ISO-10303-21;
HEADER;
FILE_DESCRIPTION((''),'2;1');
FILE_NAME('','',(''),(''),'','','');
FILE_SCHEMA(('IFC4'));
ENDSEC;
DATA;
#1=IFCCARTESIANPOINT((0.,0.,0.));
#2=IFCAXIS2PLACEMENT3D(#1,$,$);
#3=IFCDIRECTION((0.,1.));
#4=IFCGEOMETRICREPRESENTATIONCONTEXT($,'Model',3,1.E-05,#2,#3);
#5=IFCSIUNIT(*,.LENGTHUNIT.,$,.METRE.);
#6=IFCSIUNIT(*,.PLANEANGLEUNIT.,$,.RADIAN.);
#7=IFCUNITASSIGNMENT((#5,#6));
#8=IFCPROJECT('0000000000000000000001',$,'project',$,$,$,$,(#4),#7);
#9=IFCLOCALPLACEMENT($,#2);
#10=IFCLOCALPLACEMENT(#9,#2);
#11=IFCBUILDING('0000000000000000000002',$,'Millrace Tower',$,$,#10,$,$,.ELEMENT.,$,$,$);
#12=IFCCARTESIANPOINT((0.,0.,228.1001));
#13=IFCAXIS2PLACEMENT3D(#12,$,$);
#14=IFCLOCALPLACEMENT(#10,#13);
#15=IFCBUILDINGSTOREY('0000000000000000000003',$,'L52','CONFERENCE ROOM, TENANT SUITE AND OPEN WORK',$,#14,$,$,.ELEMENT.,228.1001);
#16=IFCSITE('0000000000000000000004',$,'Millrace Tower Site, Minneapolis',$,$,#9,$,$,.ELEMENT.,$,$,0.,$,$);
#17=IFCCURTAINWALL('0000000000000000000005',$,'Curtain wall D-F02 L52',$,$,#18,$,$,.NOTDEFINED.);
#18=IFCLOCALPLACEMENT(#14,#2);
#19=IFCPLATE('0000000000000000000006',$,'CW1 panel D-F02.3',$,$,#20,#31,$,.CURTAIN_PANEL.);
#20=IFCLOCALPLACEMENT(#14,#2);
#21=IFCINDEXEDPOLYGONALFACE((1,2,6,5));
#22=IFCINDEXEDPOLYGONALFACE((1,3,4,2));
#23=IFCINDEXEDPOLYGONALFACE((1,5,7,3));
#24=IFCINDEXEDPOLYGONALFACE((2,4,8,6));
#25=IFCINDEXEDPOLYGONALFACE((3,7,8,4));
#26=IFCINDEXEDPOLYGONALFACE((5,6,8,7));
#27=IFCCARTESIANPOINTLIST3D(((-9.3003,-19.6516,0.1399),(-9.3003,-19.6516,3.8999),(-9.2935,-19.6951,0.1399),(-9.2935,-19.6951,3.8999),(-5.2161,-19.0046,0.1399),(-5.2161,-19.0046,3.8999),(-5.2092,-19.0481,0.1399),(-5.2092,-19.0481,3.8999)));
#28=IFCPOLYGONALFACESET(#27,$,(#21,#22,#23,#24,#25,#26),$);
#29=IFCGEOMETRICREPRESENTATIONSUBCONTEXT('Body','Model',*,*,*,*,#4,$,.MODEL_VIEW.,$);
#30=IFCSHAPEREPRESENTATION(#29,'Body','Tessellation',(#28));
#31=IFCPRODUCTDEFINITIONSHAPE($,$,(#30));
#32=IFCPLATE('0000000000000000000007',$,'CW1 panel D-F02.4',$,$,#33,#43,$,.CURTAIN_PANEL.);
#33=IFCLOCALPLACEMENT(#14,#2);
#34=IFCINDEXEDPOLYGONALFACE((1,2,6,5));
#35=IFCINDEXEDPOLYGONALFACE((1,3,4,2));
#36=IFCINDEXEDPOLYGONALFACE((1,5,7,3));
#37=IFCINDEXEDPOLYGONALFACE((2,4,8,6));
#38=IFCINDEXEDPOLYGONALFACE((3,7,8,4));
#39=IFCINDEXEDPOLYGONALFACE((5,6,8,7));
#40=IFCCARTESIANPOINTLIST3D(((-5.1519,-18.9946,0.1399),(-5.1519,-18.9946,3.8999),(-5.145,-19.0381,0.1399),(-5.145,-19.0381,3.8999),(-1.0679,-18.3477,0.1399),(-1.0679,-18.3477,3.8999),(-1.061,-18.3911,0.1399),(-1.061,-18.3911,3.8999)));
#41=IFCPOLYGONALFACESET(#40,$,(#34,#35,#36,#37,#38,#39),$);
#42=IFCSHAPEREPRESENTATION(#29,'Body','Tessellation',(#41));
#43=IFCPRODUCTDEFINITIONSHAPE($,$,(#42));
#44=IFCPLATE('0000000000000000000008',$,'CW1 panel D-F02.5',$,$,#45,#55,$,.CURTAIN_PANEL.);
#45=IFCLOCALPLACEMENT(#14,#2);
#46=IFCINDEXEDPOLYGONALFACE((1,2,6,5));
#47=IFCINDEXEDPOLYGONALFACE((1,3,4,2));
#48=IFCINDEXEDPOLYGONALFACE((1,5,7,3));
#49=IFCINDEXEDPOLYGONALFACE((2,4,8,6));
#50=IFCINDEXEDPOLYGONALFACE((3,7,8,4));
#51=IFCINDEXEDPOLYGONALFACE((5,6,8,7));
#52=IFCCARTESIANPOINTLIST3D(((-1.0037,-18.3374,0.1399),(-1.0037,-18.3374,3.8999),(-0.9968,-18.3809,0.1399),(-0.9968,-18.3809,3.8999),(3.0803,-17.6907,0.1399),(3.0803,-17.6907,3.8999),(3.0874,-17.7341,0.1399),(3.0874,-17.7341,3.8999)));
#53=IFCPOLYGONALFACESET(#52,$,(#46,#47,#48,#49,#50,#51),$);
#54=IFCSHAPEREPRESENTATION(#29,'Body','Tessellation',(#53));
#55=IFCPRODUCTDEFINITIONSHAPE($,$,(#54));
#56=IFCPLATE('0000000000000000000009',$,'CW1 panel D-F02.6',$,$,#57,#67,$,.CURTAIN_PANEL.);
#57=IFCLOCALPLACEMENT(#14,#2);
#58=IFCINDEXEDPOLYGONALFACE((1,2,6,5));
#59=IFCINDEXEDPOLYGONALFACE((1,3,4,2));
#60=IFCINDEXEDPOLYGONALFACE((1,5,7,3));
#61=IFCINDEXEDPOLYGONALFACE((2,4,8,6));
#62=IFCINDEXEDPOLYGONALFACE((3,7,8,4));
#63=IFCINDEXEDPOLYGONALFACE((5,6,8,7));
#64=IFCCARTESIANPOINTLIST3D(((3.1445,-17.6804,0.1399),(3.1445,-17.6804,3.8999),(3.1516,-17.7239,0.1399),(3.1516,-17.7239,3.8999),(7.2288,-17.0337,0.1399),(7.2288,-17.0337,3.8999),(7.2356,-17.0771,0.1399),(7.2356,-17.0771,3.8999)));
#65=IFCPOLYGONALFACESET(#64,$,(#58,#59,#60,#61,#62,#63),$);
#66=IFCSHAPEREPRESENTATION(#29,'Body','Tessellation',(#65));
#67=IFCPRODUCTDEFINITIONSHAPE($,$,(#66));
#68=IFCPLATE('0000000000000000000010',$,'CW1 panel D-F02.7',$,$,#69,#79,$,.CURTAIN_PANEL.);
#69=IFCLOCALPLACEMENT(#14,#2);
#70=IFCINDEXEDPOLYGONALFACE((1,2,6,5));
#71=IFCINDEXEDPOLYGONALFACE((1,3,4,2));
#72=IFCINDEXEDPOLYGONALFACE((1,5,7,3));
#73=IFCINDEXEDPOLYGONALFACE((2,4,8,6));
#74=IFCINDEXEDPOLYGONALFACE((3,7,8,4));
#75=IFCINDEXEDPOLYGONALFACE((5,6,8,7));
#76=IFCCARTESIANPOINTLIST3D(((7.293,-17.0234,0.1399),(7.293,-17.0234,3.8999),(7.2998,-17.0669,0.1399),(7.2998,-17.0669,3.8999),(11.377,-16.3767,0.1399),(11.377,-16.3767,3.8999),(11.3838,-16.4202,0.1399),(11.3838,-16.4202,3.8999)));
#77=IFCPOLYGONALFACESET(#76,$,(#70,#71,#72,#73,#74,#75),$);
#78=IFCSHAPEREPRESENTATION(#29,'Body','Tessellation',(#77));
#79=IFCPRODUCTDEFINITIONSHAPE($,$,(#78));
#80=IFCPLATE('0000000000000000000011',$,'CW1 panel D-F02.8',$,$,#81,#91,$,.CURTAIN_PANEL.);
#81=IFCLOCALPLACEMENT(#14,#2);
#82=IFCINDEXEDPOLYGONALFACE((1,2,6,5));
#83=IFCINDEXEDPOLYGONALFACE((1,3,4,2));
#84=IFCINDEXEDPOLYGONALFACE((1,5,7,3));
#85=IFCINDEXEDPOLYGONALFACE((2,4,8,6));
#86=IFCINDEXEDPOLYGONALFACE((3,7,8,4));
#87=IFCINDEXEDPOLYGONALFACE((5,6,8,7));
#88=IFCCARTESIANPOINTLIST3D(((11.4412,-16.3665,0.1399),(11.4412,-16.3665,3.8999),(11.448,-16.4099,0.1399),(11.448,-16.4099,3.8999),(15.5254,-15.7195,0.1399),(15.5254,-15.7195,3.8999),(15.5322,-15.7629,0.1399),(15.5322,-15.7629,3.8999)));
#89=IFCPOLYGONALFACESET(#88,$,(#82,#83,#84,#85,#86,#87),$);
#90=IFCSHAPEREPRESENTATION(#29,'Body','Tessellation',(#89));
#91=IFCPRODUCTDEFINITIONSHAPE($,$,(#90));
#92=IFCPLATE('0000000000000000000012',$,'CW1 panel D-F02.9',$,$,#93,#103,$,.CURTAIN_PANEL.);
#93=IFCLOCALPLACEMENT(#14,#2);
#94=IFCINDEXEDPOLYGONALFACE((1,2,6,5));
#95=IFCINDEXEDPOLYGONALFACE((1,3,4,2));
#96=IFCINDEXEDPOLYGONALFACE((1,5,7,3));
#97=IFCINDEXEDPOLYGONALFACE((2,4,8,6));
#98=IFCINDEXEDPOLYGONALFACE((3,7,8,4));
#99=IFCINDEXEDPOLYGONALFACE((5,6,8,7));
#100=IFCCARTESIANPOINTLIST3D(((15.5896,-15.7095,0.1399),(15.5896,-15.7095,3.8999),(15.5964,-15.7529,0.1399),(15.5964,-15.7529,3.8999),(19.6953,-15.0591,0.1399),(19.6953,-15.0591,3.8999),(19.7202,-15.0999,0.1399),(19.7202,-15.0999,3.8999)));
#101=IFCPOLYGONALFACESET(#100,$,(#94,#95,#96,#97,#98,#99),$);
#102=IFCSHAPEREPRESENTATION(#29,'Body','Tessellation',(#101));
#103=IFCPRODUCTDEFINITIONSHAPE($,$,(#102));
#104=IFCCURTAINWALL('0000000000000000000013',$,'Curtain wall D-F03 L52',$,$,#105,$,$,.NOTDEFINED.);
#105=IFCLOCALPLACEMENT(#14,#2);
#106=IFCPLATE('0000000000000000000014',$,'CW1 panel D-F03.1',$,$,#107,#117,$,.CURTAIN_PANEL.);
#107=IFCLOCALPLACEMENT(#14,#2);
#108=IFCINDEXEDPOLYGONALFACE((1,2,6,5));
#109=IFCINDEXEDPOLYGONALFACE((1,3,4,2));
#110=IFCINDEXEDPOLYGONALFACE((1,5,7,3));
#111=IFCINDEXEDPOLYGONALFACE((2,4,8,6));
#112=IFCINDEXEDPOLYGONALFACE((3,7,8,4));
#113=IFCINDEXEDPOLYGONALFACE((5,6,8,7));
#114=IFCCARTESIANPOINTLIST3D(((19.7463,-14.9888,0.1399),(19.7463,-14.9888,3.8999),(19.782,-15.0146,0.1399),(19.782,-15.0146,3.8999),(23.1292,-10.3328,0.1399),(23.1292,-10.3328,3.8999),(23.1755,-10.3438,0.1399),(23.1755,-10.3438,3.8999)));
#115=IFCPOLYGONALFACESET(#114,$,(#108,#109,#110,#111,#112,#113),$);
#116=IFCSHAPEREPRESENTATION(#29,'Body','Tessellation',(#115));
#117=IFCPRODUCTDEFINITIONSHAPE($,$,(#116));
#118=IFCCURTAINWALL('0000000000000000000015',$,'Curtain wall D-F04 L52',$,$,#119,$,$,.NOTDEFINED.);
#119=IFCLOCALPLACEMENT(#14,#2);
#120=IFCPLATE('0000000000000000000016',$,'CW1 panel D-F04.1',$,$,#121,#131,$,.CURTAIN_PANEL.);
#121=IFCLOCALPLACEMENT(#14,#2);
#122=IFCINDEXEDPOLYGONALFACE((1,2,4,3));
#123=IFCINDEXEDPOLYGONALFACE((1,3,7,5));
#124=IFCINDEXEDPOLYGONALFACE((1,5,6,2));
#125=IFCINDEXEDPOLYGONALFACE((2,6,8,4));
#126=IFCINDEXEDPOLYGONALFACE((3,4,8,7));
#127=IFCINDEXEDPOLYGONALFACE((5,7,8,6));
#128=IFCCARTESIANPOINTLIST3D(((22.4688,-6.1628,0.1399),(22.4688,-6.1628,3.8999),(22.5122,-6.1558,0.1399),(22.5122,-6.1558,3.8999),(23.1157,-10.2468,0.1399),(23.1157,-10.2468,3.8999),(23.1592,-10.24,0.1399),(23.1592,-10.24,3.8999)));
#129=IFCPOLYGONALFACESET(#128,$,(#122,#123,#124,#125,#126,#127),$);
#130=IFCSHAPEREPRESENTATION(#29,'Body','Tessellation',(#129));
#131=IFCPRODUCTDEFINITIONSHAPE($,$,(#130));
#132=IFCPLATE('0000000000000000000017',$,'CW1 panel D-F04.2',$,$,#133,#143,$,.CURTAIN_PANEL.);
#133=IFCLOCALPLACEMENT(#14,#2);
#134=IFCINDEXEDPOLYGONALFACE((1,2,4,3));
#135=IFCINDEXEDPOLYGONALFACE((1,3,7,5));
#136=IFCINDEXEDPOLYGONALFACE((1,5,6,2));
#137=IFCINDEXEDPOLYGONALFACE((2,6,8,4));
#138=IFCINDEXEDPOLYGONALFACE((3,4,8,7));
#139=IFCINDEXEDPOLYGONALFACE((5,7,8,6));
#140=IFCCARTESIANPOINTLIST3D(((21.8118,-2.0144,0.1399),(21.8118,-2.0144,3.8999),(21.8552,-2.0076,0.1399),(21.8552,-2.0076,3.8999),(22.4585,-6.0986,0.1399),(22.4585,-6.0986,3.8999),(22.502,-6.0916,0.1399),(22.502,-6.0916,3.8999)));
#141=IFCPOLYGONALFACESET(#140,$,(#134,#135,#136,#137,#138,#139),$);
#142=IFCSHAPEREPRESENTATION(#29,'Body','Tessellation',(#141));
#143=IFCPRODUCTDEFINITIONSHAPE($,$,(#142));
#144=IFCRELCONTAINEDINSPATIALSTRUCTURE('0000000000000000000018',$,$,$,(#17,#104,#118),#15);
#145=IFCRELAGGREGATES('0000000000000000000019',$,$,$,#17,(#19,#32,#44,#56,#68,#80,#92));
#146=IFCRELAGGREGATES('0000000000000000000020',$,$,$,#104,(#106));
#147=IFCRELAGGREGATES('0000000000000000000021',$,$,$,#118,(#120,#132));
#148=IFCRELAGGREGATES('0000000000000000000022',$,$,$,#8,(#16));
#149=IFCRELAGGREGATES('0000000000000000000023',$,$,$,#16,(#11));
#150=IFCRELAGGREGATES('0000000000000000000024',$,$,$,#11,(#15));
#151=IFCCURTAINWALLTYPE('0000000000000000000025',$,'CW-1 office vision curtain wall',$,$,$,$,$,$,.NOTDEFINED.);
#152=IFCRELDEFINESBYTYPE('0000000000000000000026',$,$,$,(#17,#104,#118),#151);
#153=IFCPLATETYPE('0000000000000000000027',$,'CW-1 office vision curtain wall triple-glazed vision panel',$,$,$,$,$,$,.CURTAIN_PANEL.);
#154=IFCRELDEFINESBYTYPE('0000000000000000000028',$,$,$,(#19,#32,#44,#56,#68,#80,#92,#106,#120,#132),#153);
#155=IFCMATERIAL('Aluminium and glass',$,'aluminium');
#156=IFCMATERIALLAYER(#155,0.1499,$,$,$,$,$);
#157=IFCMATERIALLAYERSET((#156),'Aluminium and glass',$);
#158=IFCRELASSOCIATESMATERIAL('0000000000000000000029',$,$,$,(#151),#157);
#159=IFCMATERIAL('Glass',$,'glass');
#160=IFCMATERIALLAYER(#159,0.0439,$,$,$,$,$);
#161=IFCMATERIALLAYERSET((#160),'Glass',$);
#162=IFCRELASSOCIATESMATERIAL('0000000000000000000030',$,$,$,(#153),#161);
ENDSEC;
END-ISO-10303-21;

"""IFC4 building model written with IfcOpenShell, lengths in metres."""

from ifc_helpers import new_model, si_unit, direction, frame, origin, place, context, subcontext, project, spatial, polyline, outline, extrude, material, layer, layer_set, type_object, element, aggregate, save


model = new_model("IFC4")

# Units and contexts
model_context = context("Model", 3, precision=1e-05, world=origin(), true_north=direction((0.0, 1.0)))
body_context = subcontext(model_context, "Body", "Model", "MODEL_VIEW")
ifc_project = project(units=[si_unit("LENGTHUNIT", "METRE"), si_unit("PLANEANGLEUNIT", "RADIAN")], contexts=[model_context])

# Site, building, storey
site_placement = place(None, origin())
site = spatial("IfcSite", under=ifc_project, at=site_placement, Name="Millrace Tower Site, Minneapolis", CompositionType="ELEMENT", RefElevation=0.0)
building_placement = place(site_placement, origin())
building = spatial("IfcBuilding", under=site, at=building_placement, Name="Millrace Tower", CompositionType="ELEMENT")
storey_placement = place(building_placement, frame((0.0, 0.0, 228.1001)))
storey = spatial("IfcBuildingStorey", under=building, at=storey_placement, Name="L52", Description="CONFERENCE ROOM, TENANT SUITE AND OPEN WORK", CompositionType="ELEMENT", Elevation=228.1001)

# Shared definitions
ifc_material_1 = material(Name="Aluminium and glass", Category="aluminium")
ifc_layer_1 = layer(ifc_material_1, 0.1499)
ifc_layer_set_1 = layer_set([ifc_layer_1], Name="Aluminium and glass")
curtain_wall_type = type_object("IfcCurtainWallType", Name="CW-1 office vision curtain wall", PredefinedType="NOTDEFINED", material=ifc_layer_set_1)
placement_1 = place(storey_placement, origin())
ifc_material_2 = material(Name="Glass", Category="glass")
ifc_layer_2 = layer(ifc_material_2, 0.0439)
ifc_layer_set_2 = layer_set([ifc_layer_2], Name="Glass")
plate_type = type_object("IfcPlateType", Name="CW-1 office vision curtain wall triple-glazed vision panel", PredefinedType="CURTAIN_PANEL", material=ifc_layer_set_2)
placement_2 = place(storey_placement, frame((0.0, 0.0, 0.1399)))

# Curtain wall, plates
curtain_wall_1 = element("IfcCurtainWall", 1, at=placement_1, inside=storey, type_object=curtain_wall_type, Name="Curtain wall D-F02 L52", PredefinedType="NOTDEFINED")
plate_1 = element("IfcPlate", 2, at=placement_2, type_object=plate_type, Name="CW1 panel D-F02.3", PredefinedType="CURTAIN_PANEL", context=body_context, shape_type="SweptSolid", body=[
    extrude(outline(polyline([(-9.2935, -19.6951), (-5.2092, -19.0481), (-5.2161, -19.0046), (-9.3003, -19.6516), (-9.2935, -19.6951)])), origin(), (0.0, 0.0, 1.0), 3.76),
])
plate_2 = element("IfcPlate", 3, at=placement_2, type_object=plate_type, Name="CW1 panel D-F02.4", PredefinedType="CURTAIN_PANEL", context=body_context, shape_type="SweptSolid", body=[
    extrude(outline(polyline([(-5.145, -19.0381), (-1.061, -18.3911), (-1.0679, -18.3477), (-5.1519, -18.9946), (-5.145, -19.0381)])), origin(), (0.0, 0.0, 1.0), 3.76),
])
plate_3 = element("IfcPlate", 4, at=placement_2, type_object=plate_type, Name="CW1 panel D-F02.5", PredefinedType="CURTAIN_PANEL", context=body_context, shape_type="SweptSolid", body=[
    extrude(outline(polyline([(-0.9968, -18.3809), (3.0874, -17.7341), (3.0803, -17.6907), (-1.0037, -18.3374), (-0.9968, -18.3809)])), origin(), (0.0, 0.0, 1.0), 3.76),
])
plate_4 = element("IfcPlate", 5, at=placement_2, type_object=plate_type, Name="CW1 panel D-F02.6", PredefinedType="CURTAIN_PANEL", context=body_context, shape_type="SweptSolid", body=[
    extrude(outline(polyline([(3.1516, -17.7239), (7.2356, -17.0771), (7.2288, -17.0337), (3.1445, -17.6804), (3.1516, -17.7239)])), origin(), (0.0, 0.0, 1.0), 3.76),
])
plate_5 = element("IfcPlate", 6, at=placement_2, type_object=plate_type, Name="CW1 panel D-F02.7", PredefinedType="CURTAIN_PANEL", context=body_context, shape_type="SweptSolid", body=[
    extrude(outline(polyline([(7.2998, -17.0669), (11.3838, -16.4202), (11.377, -16.3767), (7.293, -17.0234), (7.2998, -17.0669)])), origin(), (0.0, 0.0, 1.0), 3.76),
])
plate_6 = element("IfcPlate", 7, at=placement_2, type_object=plate_type, Name="CW1 panel D-F02.8", PredefinedType="CURTAIN_PANEL", context=body_context, shape_type="SweptSolid", body=[
    extrude(outline(polyline([(11.448, -16.4099), (15.5322, -15.7629), (15.5254, -15.7195), (11.4412, -16.3665), (11.448, -16.4099)])), origin(), (0.0, 0.0, 1.0), 3.76),
])
plate_7 = element("IfcPlate", 8, at=placement_2, type_object=plate_type, Name="CW1 panel D-F02.9", PredefinedType="CURTAIN_PANEL", context=body_context, shape_type="SweptSolid", body=[
    extrude(outline(polyline([(15.5964, -15.7529), (19.7202, -15.0999), (19.6953, -15.0591), (15.5896, -15.7095), (15.5964, -15.7529)])), origin(), (0.0, 0.0, 1.0), 3.76),
])
aggregate(curtain_wall_1, [plate_1, plate_2, plate_3, plate_4, plate_5, plate_6, plate_7])

# Curtain wall, plate
curtain_wall_2 = element("IfcCurtainWall", 9, at=placement_1, inside=storey, type_object=curtain_wall_type, Name="Curtain wall D-F03 L52", PredefinedType="NOTDEFINED")
plate_8 = element("IfcPlate", 10, at=placement_2, type_object=plate_type, Name="CW1 panel D-F03.1", PredefinedType="CURTAIN_PANEL", context=body_context, shape_type="SweptSolid", body=[
    extrude(outline(polyline([(19.782, -15.0146), (23.1755, -10.3438), (23.1292, -10.3328), (19.7463, -14.9888), (19.782, -15.0146)])), origin(), (0.0, 0.0, 1.0), 3.76),
])
aggregate(curtain_wall_2, [plate_8])

# Curtain wall, plates
curtain_wall_3 = element("IfcCurtainWall", 11, at=placement_1, inside=storey, type_object=curtain_wall_type, Name="Curtain wall D-F04 L52", PredefinedType="NOTDEFINED")
plate_9 = element("IfcPlate", 12, at=placement_2, type_object=plate_type, Name="CW1 panel D-F04.1", PredefinedType="CURTAIN_PANEL", context=body_context, shape_type="SweptSolid", body=[
    extrude(outline(polyline([(23.1592, -10.24), (22.5122, -6.1558), (22.4688, -6.1628), (23.1157, -10.2468), (23.1592, -10.24)])), origin(), (0.0, 0.0, 1.0), 3.76),
])
plate_10 = element("IfcPlate", 13, at=placement_2, type_object=plate_type, Name="CW1 panel D-F04.2", PredefinedType="CURTAIN_PANEL", context=body_context, shape_type="SweptSolid", body=[
    extrude(outline(polyline([(22.502, -6.0916), (21.8552, -2.0076), (21.8118, -2.0144), (22.4585, -6.0986), (22.502, -6.0916)])), origin(), (0.0, 0.0, 1.0), 3.76),
])
aggregate(curtain_wall_3, [plate_9, plate_10])

save(model, "model.ifc")
